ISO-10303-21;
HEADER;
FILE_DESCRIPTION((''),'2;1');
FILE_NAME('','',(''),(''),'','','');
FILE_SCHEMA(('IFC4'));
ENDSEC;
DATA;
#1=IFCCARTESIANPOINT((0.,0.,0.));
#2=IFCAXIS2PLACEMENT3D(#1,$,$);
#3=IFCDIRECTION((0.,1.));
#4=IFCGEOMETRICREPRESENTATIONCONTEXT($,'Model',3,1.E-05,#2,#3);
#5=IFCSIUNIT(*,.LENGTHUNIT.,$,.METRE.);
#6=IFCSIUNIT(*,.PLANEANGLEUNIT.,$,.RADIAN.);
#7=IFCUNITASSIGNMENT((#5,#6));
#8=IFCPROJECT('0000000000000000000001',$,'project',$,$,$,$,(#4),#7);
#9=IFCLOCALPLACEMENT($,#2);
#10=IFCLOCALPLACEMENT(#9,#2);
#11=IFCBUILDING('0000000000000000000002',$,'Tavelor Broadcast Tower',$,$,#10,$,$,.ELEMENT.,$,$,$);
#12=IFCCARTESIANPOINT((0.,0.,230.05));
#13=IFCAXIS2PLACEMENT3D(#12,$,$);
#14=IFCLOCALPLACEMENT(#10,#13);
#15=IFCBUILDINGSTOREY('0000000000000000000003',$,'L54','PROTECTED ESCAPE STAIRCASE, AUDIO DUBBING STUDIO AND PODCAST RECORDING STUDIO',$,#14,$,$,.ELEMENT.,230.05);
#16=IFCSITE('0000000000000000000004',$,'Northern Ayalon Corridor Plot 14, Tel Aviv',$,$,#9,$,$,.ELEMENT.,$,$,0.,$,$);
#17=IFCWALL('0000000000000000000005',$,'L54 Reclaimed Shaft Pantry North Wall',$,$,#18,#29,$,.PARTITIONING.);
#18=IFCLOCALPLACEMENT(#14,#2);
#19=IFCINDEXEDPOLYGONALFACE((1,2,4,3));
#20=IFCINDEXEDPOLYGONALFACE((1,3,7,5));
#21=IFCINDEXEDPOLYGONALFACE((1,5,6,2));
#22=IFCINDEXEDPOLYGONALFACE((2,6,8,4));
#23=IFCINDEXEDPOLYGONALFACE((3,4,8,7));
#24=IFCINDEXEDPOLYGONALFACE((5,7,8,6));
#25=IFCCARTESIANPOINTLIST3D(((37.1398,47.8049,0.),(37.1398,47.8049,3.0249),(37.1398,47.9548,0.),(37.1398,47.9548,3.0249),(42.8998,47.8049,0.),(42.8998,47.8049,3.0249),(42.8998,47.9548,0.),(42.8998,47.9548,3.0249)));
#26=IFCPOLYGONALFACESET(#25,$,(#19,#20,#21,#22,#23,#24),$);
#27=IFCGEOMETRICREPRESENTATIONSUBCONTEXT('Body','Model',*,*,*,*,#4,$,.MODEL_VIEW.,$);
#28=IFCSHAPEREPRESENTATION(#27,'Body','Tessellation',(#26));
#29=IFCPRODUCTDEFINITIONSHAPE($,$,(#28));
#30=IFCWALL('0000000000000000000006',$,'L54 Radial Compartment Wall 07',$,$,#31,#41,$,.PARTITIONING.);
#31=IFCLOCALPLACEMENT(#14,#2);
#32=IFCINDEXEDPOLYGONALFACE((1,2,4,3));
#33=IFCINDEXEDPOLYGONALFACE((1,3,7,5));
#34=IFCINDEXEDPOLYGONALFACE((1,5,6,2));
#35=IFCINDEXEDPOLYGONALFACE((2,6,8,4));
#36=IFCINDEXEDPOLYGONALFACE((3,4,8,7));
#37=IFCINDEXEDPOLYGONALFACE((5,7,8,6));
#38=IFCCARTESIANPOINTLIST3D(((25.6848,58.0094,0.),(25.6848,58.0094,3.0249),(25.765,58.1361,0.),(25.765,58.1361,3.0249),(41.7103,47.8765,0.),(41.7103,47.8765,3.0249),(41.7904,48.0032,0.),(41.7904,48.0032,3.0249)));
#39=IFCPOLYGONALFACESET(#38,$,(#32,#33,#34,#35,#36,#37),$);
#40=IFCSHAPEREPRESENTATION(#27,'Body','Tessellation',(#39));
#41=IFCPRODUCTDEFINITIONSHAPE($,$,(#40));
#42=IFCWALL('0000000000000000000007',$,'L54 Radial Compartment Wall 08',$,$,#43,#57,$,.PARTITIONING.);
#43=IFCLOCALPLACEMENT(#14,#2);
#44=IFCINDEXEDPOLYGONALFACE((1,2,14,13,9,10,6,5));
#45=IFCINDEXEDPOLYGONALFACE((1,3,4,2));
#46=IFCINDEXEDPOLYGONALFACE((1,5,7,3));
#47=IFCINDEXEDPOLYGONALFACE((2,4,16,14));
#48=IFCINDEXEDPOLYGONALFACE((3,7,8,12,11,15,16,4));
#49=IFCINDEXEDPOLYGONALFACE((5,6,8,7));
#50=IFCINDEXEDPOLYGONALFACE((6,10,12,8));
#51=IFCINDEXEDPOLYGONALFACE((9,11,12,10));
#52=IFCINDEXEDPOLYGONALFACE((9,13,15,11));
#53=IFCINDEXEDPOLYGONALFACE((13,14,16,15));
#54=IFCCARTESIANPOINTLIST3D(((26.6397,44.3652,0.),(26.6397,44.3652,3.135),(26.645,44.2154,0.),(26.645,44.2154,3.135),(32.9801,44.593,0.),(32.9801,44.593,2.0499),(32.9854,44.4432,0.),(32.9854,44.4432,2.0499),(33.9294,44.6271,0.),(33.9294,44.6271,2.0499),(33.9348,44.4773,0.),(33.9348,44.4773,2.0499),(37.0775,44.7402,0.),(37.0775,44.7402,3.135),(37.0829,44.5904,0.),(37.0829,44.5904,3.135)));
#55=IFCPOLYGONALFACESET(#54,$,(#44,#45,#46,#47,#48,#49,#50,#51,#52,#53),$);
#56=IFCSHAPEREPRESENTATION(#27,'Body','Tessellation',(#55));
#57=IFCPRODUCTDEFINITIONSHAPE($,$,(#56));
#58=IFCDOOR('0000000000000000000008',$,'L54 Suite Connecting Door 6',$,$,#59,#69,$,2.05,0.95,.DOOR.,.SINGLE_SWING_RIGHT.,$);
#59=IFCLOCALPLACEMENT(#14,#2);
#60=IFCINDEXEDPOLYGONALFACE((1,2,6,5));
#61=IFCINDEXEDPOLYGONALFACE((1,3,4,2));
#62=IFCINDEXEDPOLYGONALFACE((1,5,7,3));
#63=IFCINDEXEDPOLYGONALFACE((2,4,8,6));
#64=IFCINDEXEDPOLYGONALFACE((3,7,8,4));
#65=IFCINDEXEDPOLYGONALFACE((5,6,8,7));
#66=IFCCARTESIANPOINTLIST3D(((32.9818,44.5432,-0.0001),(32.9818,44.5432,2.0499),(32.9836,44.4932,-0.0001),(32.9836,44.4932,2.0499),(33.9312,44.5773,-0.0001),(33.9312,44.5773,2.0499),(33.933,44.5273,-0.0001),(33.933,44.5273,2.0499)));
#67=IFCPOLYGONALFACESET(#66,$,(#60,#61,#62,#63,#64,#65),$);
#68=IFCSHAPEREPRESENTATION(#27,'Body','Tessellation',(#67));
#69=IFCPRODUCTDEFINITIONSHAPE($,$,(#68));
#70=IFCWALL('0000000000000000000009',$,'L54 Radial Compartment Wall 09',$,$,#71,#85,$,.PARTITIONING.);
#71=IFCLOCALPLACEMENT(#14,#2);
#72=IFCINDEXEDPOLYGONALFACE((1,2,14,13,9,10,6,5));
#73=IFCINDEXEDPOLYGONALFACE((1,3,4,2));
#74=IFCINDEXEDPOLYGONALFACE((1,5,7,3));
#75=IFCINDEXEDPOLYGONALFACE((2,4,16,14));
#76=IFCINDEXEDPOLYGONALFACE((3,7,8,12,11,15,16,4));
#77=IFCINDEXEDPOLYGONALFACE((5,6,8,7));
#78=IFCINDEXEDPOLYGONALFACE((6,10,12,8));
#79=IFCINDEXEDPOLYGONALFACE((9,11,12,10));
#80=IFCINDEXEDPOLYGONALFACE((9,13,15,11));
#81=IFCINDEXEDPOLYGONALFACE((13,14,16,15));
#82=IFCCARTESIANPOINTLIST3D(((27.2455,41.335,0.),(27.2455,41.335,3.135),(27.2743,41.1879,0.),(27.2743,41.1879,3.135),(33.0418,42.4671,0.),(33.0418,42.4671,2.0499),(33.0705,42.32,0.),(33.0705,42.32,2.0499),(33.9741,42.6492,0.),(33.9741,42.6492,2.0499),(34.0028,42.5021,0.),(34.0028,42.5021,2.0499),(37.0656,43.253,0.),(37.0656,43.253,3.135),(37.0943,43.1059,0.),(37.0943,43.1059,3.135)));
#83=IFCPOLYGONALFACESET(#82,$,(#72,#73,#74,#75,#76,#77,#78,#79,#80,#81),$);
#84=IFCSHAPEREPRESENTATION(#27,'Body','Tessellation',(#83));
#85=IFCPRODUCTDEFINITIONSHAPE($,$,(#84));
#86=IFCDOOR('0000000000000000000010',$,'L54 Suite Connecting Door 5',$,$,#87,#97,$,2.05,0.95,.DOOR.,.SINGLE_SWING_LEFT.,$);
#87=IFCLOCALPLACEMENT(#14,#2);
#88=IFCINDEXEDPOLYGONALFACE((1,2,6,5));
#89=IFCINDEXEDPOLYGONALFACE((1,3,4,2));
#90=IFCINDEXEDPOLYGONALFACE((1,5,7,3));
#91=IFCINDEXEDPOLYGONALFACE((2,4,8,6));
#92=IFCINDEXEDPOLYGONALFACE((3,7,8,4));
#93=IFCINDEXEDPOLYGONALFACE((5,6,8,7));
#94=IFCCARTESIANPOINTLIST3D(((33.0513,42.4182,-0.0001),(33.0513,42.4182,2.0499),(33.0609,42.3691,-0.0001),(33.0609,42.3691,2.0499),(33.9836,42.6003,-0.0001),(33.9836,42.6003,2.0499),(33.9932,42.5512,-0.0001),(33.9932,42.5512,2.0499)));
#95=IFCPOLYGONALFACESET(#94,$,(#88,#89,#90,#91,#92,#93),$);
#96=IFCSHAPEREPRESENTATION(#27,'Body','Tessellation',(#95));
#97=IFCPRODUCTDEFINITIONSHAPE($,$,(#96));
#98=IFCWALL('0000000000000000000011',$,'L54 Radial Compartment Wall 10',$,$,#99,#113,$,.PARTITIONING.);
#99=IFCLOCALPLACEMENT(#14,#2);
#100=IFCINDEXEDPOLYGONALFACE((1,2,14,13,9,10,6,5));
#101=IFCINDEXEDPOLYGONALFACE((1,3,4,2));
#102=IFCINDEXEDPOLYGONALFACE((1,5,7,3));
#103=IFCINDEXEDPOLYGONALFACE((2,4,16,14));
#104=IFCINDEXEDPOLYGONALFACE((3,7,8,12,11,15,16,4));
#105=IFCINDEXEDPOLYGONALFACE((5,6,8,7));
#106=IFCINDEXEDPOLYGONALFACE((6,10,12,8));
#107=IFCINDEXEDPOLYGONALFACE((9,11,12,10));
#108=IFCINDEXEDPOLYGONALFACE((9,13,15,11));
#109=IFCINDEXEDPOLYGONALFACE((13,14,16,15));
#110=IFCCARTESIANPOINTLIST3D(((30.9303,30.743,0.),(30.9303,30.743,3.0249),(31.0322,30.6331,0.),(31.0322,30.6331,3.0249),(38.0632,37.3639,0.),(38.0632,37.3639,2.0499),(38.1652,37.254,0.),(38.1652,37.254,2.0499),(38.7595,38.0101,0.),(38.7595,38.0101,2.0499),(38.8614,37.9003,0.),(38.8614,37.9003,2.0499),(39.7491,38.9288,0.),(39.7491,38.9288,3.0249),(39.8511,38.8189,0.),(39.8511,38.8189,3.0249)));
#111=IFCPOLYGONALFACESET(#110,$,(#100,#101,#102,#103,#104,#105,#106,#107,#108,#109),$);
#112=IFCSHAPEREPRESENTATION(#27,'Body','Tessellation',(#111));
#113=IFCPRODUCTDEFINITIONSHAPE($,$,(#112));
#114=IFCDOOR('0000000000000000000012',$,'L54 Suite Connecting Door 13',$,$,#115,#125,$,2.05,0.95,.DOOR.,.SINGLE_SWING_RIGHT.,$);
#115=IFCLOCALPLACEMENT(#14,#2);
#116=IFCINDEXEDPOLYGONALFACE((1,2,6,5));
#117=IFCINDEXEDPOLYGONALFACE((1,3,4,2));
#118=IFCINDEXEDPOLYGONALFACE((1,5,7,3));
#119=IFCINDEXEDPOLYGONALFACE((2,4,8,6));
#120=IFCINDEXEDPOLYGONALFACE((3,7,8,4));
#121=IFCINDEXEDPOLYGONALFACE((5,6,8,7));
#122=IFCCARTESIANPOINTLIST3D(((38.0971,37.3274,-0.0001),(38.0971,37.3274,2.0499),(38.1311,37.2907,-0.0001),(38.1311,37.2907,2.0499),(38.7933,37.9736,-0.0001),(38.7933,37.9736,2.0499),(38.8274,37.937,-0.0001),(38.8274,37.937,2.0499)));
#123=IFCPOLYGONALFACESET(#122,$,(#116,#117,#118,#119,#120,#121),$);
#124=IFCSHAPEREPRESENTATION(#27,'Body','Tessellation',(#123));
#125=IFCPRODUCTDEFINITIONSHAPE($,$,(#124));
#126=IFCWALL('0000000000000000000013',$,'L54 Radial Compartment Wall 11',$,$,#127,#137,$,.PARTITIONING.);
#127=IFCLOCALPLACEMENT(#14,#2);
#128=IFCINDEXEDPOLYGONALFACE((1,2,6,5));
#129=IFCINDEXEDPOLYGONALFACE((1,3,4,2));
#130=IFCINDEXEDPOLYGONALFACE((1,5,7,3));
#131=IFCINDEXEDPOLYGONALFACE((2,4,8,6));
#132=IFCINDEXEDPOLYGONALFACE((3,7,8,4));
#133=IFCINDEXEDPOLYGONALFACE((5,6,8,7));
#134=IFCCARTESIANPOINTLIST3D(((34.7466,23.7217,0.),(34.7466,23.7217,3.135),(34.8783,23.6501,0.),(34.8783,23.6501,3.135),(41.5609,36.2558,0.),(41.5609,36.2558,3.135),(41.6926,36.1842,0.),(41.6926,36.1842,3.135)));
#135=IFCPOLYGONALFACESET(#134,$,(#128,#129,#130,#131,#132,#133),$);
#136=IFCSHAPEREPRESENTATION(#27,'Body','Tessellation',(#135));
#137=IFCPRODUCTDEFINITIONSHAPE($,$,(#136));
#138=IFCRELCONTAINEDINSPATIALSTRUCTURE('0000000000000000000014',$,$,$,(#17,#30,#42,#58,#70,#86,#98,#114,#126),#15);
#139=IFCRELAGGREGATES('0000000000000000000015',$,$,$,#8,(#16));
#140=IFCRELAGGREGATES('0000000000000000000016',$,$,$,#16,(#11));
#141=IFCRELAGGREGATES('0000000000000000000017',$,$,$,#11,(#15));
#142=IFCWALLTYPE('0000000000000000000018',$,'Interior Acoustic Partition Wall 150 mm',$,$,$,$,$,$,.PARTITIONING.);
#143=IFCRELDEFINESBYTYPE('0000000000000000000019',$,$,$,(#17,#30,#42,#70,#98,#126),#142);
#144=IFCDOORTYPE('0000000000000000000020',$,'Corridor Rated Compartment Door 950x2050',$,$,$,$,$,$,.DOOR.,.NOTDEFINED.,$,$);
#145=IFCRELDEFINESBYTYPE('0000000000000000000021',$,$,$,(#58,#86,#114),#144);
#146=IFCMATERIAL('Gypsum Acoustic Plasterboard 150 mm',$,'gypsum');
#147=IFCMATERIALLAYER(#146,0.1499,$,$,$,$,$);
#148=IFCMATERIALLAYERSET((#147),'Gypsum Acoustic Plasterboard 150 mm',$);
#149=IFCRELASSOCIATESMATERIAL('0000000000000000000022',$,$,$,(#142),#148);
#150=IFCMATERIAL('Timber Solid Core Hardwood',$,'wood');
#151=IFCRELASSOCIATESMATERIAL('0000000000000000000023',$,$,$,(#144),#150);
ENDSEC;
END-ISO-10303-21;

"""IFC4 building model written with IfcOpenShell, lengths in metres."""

from ifc_helpers import new_model, si_unit, direction, frame, frame_2d, origin, place, context, subcontext, project, spatial, rectangle, extrude, material, layer, layer_set, type_object, element, fill, save


model = new_model("IFC4")

# Units and contexts
model_context = context("Model", 3, precision=1e-05, world=origin(), true_north=direction((0.0, 1.0)))
body_context = subcontext(model_context, "Body", "Model", "MODEL_VIEW")
ifc_project = project(units=[si_unit("LENGTHUNIT", "METRE"), si_unit("PLANEANGLEUNIT", "RADIAN")], contexts=[model_context])

# Site, building, storey
site_placement = place(None, origin())
site = spatial("IfcSite", under=ifc_project, at=site_placement, Name="Northern Ayalon Corridor Plot 14, Tel Aviv", CompositionType="ELEMENT", RefElevation=0.0)
building_placement = place(site_placement, origin())
building = spatial("IfcBuilding", under=site, at=building_placement, Name="Tavelor Broadcast Tower", CompositionType="ELEMENT")
storey_placement = place(building_placement, frame((0.0, 0.0, 230.05)))
storey = spatial("IfcBuildingStorey", under=building, at=storey_placement, Name="L54", Description="PROTECTED ESCAPE STAIRCASE, AUDIO DUBBING STUDIO AND PODCAST RECORDING STUDIO", CompositionType="ELEMENT", Elevation=230.05)

# Shared definitions
ifc_material_1 = material(Name="Gypsum Acoustic Plasterboard 150 mm", Category="gypsum")
ifc_layer_1 = layer(ifc_material_1, 0.1499)
ifc_layer_set_1 = layer_set([ifc_layer_1], Name="Gypsum Acoustic Plasterboard 150 mm")
wall_type_1 = type_object("IfcWallType", Name="Interior Acoustic Partition Wall 150 mm", PredefinedType="PARTITIONING", material=ifc_layer_set_1)
ifc_material_2 = material(Name="Timber Solid Core Hardwood", Category="wood")
door_type_1 = type_object("IfcDoorType", Name="Corridor Rated Compartment Door 950x2050", OperationType="NOTDEFINED", PredefinedType="DOOR", material=ifc_material_2)

# Walls
wall_1_placement = place(storey_placement, frame((37.1399, 47.8799, 0.0), z_axis=(0.0, 0.0, 1.0), x_axis=(1.0, 0.0, 0.0)))
element("IfcWall", 1, at=wall_1_placement, inside=storey, type_object=wall_type_1, Name="L54 Reclaimed Shaft Pantry North Wall", PredefinedType="PARTITIONING", context=body_context, shape_type="SweptSolid", body=[
    extrude(rectangle(XDim=5.76, YDim=0.1499, at=frame_2d((2.8799, 0.0))), origin(), (0.0, 0.0, 1.0), 3.0249),
])
wall_2_placement = place(storey_placement, frame((41.7502, 47.9399, 0.0), z_axis=(0.0, 0.0, 1.0), x_axis=(-0.845215, 0.534427, 0.0)))
element("IfcWall", 2, at=wall_2_placement, inside=storey, type_object=wall_type_1, Name="L54 Radial Compartment Wall 07", PredefinedType="PARTITIONING", context=body_context, shape_type="SweptSolid", body=[
    extrude(rectangle(XDim=18.9602, YDim=0.1499, at=frame_2d((9.48, 0.0))), origin(), (0.0, 0.0, 1.0), 3.0249),
])

# Walls, openings, doors
wall_3_placement = place(storey_placement, frame((37.0801, 44.6653, 0.0), z_axis=(0.0, 0.0, 1.0), x_axis=(-0.999355, -0.035904, 0.0)))
wall_3 = element("IfcWall", 3, at=wall_3_placement, inside=storey, type_object=wall_type_1, Name="L54 Radial Compartment Wall 08", PredefinedType="PARTITIONING", context=body_context, shape_type="SweptSolid", body=[
    extrude(rectangle(XDim=10.4446, YDim=0.1499, at=frame_2d((5.2222, 0.0))), origin(), (0.0, 0.0, 1.0), 3.135),
])
opening_1_placement = place(wall_3_placement, frame((3.1499, 0.0, 0.0)))
opening_1 = element("IfcOpeningElement", 4, at=opening_1_placement, cuts=wall_3, PredefinedType="OPENING", context=body_context, shape_type="SweptSolid", body=[
    extrude(rectangle(XDim=0.95, YDim=2.05, at=frame_2d((0.4751, 1.0249))), frame((0.0, 0.085, 0.0), z_axis=(0.0, -1.0, 0.0), x_axis=(1.0, 0.0, 0.0)), (0.0, 0.0, 1.0), 0.1699),
])
door_1_placement = place(opening_1_placement, origin())
door_1 = element("IfcDoor", 5, at=door_1_placement, inside=storey, type_object=door_type_1, Name="L54 Suite Connecting Door 6", OperationType="SINGLE_SWING_RIGHT", OverallHeight=2.05, OverallWidth=0.95, PredefinedType="DOOR", context=body_context, shape_type="SweptSolid", body=[
    extrude(rectangle(XDim=0.95, YDim=2.05, at=frame_2d((0.4751, 1.0249))), frame((0.0, 0.0249, 0.0), z_axis=(0.0, -1.0, 0.0), x_axis=(1.0, 0.0, 0.0)), (0.0, 0.0, 1.0), 0.05),
])
fill(opening_1, door_1)
wall_4_placement = place(storey_placement, frame((37.0801, 43.1794, 0.0), z_axis=(0.0, 0.0, 1.0), x_axis=(-0.981456, -0.191689, 0.0)))
wall_4 = element("IfcWall", 6, at=wall_4_placement, inside=storey, type_object=wall_type_1, Name="L54 Radial Compartment Wall 09", PredefinedType="PARTITIONING", context=body_context, shape_type="SweptSolid", body=[
    extrude(rectangle(XDim=10.0056, YDim=0.1499, at=frame_2d((5.0029, 0.0))), origin(), (0.0, 0.0, 1.0), 3.135),
])
opening_2_placement = place(wall_4_placement, frame((3.1499, 0.0, 0.0)))
opening_2 = element("IfcOpeningElement", 7, at=opening_2_placement, cuts=wall_4, PredefinedType="OPENING", context=body_context, shape_type="SweptSolid", body=[
    extrude(rectangle(XDim=0.95, YDim=2.05, at=frame_2d((0.4751, 1.0249))), frame((0.0, 0.085, 0.0), z_axis=(0.0, -1.0, 0.0), x_axis=(1.0, 0.0, 0.0)), (0.0, 0.0, 1.0), 0.1699),
])
door_2_placement = place(opening_2_placement, origin())
door_2 = element("IfcDoor", 8, at=door_2_placement, inside=storey, type_object=door_type_1, Name="L54 Suite Connecting Door 5", OperationType="SINGLE_SWING_LEFT", OverallHeight=2.05, OverallWidth=0.95, PredefinedType="DOOR", context=body_context, shape_type="SweptSolid", body=[
    extrude(rectangle(XDim=0.95, YDim=2.05, at=frame_2d((0.4751, 1.0249))), frame((0.0, 0.0249, 0.0), z_axis=(0.0, -1.0, 0.0), x_axis=(1.0, 0.0, 0.0)), (0.0, 0.0, 1.0), 0.05),
])
fill(opening_2, door_2)
wall_5_placement = place(storey_placement, frame((39.8, 38.8738, 0.0), z_axis=(0.0, 0.0, 1.0), x_axis=(-0.732924, -0.680311, 0.0)))
wall_5 = element("IfcWall", 9, at=wall_5_placement, inside=storey, type_object=wall_type_1, Name="L54 Radial Compartment Wall 10", PredefinedType="PARTITIONING", context=body_context, shape_type="SweptSolid", body=[
    extrude(rectangle(XDim=12.0325, YDim=0.1499, at=frame_2d((6.0161, 0.0))), origin(), (0.0, 0.0, 1.0), 3.0249),
])
opening_3_placement = place(wall_5_placement, frame((1.3501, 0.0, 0.0)))
opening_3 = element("IfcOpeningElement", 10, at=opening_3_placement, cuts=wall_5, PredefinedType="OPENING", context=body_context, shape_type="SweptSolid", body=[
    extrude(rectangle(XDim=0.95, YDim=2.05, at=frame_2d((0.4751, 1.0249))), frame((0.0, 0.085, 0.0), z_axis=(0.0, -1.0, 0.0), x_axis=(1.0, 0.0, 0.0)), (0.0, 0.0, 1.0), 0.1699),
])
door_3_placement = place(opening_3_placement, origin())
door_3 = element("IfcDoor", 11, at=door_3_placement, inside=storey, type_object=door_type_1, Name="L54 Suite Connecting Door 13", OperationType="SINGLE_SWING_RIGHT", OverallHeight=2.05, OverallWidth=0.95, PredefinedType="DOOR", context=body_context, shape_type="SweptSolid", body=[
    extrude(rectangle(XDim=0.95, YDim=2.05, at=frame_2d((0.4751, 1.0249))), frame((0.0, 0.0249, 0.0), z_axis=(0.0, -1.0, 0.0), x_axis=(1.0, 0.0, 0.0)), (0.0, 0.0, 1.0), 0.05),
])
fill(opening_3, door_3)

# Wall
wall_6_placement = place(storey_placement, frame((41.6267, 36.22, 0.0), z_axis=(0.0, 0.0, 1.0), x_axis=(-0.477637, -0.878557, 0.0)))
element("IfcWall", 12, at=wall_6_placement, inside=storey, type_object=wall_type_1, Name="L54 Radial Compartment Wall 11", PredefinedType="PARTITIONING", context=body_context, shape_type="SweptSolid", body=[
    extrude(rectangle(XDim=14.2666, YDim=0.1499, at=frame_2d((7.1333, 0.0))), origin(), (0.0, 0.0, 1.0), 3.135),
])

save(model, "model.ifc")
